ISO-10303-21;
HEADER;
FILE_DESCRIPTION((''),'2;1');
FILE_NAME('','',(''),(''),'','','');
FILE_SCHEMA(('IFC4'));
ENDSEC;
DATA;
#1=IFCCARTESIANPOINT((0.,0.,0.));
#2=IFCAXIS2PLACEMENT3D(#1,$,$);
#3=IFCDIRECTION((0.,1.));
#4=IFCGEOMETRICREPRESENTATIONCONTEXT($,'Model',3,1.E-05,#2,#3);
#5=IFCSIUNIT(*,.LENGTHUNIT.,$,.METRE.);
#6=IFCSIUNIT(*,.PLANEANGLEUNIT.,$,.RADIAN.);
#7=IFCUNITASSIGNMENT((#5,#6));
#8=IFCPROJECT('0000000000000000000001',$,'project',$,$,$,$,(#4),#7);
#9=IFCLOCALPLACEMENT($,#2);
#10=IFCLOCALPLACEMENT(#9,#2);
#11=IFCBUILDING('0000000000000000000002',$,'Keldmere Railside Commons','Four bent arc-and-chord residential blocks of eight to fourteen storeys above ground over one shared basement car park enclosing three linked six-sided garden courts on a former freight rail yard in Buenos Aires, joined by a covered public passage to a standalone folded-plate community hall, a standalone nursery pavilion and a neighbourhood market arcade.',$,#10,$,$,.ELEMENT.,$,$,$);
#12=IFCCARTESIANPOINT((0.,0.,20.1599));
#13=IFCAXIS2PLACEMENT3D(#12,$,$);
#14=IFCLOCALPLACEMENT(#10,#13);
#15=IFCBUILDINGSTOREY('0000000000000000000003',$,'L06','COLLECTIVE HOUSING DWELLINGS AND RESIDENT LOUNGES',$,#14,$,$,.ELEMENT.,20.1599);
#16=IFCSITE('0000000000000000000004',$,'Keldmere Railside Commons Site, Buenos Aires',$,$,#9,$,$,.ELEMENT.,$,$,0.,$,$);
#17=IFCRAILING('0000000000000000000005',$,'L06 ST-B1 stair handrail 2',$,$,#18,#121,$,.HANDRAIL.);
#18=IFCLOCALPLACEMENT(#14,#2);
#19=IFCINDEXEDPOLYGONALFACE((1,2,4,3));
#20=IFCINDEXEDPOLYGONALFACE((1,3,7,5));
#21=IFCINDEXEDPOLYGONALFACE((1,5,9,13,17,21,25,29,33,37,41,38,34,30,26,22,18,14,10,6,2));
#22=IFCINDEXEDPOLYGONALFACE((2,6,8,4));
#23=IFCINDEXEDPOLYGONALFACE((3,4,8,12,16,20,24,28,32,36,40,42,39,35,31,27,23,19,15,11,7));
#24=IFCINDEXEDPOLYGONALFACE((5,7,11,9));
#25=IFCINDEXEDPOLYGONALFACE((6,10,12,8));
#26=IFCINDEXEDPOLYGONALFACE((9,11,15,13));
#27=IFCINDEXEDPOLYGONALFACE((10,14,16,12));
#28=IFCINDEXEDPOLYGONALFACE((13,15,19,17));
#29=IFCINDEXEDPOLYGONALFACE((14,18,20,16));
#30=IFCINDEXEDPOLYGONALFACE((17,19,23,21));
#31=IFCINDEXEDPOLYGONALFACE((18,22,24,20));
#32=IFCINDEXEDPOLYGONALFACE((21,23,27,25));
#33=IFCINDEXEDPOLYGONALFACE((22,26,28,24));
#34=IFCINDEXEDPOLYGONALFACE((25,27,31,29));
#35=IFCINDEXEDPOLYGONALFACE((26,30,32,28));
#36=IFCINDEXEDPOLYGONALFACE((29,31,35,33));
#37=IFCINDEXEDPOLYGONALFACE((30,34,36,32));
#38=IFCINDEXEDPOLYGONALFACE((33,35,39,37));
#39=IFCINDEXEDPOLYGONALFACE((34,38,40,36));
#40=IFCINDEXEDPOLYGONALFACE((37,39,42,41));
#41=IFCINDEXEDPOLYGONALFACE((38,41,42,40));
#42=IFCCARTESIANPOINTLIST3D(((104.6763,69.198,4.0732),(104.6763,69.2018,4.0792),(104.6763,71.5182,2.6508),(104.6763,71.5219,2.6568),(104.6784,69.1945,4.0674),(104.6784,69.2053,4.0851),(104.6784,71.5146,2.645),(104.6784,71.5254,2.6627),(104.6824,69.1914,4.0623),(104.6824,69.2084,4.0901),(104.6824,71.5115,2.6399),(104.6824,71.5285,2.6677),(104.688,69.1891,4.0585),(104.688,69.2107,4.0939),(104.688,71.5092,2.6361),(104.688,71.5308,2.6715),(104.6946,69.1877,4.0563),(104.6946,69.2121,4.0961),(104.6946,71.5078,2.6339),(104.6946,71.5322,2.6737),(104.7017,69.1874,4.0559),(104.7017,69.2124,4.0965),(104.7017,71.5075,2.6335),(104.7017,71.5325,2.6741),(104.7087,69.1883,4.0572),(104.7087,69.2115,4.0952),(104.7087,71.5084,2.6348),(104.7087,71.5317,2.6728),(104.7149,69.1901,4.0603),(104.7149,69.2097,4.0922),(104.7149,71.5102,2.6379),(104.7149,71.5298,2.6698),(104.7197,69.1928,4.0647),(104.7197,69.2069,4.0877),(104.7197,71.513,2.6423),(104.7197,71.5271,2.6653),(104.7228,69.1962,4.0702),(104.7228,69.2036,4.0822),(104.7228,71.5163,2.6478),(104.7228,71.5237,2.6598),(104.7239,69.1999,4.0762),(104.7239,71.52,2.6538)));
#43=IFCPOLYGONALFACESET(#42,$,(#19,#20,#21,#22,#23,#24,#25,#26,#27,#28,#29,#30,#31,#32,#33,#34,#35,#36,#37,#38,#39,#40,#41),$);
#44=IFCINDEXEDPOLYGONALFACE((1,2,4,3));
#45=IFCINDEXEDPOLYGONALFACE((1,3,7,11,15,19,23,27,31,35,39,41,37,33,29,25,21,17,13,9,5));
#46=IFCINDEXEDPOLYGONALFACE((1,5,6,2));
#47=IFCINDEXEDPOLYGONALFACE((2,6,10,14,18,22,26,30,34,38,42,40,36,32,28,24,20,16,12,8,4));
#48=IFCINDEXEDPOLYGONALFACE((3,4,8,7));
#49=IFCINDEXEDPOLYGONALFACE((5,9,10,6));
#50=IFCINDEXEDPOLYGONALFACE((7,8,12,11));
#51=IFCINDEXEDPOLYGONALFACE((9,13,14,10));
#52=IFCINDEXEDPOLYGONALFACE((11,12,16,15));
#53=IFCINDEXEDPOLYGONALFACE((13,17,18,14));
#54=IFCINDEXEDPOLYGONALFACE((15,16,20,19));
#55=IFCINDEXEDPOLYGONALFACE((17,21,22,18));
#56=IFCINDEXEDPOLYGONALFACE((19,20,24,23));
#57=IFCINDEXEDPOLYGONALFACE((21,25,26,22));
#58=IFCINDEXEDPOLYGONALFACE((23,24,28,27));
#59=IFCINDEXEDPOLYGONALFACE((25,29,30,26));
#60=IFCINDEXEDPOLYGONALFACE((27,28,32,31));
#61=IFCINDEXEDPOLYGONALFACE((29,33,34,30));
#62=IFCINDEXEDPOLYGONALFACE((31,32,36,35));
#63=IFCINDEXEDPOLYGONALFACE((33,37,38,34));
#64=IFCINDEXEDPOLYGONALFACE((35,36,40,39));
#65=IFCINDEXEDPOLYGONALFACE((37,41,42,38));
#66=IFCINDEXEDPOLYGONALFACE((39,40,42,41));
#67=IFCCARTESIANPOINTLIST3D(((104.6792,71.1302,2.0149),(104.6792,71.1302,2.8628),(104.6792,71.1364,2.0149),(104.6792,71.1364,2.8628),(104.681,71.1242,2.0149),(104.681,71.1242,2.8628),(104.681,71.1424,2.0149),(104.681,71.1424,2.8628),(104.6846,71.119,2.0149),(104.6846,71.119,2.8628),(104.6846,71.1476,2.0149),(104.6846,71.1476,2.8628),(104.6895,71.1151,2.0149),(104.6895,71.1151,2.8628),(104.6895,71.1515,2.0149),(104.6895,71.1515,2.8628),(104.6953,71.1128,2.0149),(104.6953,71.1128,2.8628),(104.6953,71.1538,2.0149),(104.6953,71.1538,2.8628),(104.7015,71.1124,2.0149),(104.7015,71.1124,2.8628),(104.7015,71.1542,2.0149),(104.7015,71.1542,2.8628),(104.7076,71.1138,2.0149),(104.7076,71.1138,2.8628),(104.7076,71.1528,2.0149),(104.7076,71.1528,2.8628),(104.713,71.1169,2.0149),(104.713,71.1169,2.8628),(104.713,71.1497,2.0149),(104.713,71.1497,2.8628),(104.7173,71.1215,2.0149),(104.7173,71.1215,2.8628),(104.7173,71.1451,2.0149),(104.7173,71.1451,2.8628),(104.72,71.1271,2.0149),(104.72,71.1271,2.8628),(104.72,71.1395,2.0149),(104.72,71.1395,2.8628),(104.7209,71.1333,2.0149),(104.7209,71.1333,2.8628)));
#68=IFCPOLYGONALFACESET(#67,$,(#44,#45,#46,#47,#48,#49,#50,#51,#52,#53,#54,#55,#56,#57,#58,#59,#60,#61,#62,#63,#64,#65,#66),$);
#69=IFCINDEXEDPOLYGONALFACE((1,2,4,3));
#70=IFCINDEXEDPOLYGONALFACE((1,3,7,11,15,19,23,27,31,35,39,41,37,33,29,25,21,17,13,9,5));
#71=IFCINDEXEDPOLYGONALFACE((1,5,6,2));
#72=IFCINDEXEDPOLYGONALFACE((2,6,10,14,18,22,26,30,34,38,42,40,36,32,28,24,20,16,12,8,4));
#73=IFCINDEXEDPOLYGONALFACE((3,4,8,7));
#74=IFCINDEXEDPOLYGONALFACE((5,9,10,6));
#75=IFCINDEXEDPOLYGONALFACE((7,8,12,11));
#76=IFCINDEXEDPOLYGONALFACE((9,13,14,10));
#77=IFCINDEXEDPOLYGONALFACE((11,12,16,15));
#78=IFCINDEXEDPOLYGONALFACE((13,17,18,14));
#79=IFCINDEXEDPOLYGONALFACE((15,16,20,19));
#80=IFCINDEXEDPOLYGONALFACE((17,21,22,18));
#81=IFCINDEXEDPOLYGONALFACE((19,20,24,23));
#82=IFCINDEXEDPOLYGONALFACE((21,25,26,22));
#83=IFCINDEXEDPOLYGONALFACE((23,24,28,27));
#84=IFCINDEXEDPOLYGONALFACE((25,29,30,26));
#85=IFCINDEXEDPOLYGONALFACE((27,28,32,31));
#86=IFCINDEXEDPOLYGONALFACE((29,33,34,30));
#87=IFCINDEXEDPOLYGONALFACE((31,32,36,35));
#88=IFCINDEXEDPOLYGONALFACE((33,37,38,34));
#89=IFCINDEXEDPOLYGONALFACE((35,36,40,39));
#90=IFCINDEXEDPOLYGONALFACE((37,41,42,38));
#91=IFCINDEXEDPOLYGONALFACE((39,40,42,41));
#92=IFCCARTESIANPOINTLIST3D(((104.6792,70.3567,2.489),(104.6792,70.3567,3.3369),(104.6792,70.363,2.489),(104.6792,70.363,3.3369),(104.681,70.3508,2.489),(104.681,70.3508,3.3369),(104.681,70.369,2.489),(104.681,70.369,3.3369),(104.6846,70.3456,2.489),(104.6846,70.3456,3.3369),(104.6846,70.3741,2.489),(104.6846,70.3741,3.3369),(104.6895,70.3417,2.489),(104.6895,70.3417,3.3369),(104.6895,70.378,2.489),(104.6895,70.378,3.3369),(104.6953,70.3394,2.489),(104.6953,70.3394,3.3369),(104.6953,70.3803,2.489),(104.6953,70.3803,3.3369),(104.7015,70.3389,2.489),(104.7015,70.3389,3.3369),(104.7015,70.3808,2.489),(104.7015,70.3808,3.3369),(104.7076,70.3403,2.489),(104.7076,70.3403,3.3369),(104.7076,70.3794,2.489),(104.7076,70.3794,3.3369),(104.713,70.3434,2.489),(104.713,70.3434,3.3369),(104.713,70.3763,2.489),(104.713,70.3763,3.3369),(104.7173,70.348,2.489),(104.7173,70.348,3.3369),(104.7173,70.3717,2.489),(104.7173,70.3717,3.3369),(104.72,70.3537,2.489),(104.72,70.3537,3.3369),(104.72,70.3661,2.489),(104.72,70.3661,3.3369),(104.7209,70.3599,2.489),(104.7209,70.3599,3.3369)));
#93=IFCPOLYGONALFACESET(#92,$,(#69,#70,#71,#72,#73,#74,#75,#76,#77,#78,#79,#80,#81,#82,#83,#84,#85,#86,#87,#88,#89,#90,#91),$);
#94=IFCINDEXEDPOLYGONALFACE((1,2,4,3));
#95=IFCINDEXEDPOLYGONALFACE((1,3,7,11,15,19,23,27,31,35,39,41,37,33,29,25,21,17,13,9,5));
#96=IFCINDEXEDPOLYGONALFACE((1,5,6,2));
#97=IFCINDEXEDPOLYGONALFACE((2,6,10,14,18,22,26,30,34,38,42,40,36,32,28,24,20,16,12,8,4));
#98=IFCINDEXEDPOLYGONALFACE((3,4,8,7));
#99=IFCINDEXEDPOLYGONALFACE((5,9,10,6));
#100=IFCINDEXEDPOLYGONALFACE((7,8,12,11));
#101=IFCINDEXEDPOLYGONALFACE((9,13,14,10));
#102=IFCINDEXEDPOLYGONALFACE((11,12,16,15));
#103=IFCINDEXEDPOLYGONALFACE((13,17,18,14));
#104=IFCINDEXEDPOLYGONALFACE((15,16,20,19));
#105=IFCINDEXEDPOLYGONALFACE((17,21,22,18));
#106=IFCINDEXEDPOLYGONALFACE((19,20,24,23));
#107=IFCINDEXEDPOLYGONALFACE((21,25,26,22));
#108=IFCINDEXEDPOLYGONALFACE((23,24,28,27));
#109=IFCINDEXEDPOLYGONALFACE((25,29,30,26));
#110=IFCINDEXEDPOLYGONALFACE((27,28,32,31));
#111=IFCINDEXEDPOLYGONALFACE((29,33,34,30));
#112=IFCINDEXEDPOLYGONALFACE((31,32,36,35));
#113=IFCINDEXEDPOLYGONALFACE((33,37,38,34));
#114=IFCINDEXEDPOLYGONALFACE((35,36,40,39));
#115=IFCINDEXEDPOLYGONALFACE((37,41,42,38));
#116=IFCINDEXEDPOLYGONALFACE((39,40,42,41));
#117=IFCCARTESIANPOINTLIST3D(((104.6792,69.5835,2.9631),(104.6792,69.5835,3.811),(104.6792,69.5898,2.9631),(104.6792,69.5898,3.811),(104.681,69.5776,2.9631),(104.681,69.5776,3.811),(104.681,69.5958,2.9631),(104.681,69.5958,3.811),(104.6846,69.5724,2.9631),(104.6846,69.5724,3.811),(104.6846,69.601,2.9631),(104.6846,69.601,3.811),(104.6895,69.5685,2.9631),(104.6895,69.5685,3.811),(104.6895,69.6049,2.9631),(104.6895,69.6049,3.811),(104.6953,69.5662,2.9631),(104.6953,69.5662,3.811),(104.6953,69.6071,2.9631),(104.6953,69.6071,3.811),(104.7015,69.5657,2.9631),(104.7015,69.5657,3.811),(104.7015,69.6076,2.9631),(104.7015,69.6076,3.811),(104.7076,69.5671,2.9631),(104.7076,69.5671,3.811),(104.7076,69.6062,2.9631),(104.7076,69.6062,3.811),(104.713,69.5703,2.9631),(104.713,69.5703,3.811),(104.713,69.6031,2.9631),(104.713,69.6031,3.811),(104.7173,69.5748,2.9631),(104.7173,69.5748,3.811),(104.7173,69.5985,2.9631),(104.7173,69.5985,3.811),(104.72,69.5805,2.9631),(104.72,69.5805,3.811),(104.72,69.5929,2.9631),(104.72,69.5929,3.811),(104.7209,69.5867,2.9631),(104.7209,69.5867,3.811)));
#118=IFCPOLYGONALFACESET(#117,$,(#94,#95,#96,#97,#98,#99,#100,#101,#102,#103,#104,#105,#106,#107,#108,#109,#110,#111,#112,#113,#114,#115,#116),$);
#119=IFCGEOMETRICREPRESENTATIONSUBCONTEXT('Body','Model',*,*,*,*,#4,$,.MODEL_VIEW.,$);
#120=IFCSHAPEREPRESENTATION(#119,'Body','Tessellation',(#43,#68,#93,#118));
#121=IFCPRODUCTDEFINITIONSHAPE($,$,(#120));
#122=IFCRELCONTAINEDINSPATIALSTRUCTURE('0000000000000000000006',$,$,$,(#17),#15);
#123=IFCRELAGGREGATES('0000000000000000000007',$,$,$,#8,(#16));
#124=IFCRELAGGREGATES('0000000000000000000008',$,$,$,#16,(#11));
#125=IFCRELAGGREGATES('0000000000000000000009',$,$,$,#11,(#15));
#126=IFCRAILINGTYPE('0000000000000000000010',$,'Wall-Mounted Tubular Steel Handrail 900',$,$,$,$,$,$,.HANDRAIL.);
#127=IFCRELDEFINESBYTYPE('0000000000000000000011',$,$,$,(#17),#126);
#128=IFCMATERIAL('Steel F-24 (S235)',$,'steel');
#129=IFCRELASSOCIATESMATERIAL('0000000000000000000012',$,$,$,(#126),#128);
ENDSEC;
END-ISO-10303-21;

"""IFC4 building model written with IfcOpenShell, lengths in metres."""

from ifc_helpers import new_model, si_unit, direction, frame, origin, origin_2d, place, context, subcontext, project, spatial, circle, extrude, material, type_object, element, save


model = new_model("IFC4")

# Units and contexts
model_context = context("Model", 3, precision=1e-05, world=origin(), true_north=direction((0.0, 1.0)))
body_context = subcontext(model_context, "Body", "Model", "MODEL_VIEW")
ifc_project = project(units=[si_unit("LENGTHUNIT", "METRE"), si_unit("PLANEANGLEUNIT", "RADIAN")], contexts=[model_context])

# Site, building, storey
site_placement = place(None, origin())
site = spatial("IfcSite", under=ifc_project, at=site_placement, Name="Keldmere Railside Commons Site, Buenos Aires", CompositionType="ELEMENT", RefElevation=0.0)
building_placement = place(site_placement, origin())
building = spatial("IfcBuilding", under=site, at=building_placement, Name="Keldmere Railside Commons", Description="Four bent arc-and-chord residential blocks of eight to fourteen storeys above ground over one shared basement car park enclosing three linked six-sided garden courts on a former freight rail yard in Buenos Aires, joined by a covered public passage to a standalone folded-plate community hall, a standalone nursery pavilion and a neighbourhood market arcade.", CompositionType="ELEMENT")
storey_placement = place(building_placement, frame((0.0, 0.0, 20.1599)))
storey = spatial("IfcBuildingStorey", under=building, at=storey_placement, Name="L06", Description="COLLECTIVE HOUSING DWELLINGS AND RESIDENT LOUNGES", CompositionType="ELEMENT", Elevation=20.1599)

# Shared definitions
ifc_material_1 = material(Name="Steel F-24 (S235)", Category="steel")

# Railing
railing_type_1 = type_object("IfcRailingType", Name="Wall-Mounted Tubular Steel Handrail 900", PredefinedType="HANDRAIL", material=ifc_material_1)
railing_1_placement = place(storey_placement, frame((104.7, 71.52, 1.7778)))
element("IfcRailing", 1, at=railing_1_placement, inside=storey, type_object=railing_type_1, Name="L06 ST-B1 stair handrail 2", PredefinedType="HANDRAIL", context=body_context, shape_type="SweptSolid", body=[
    extrude(circle(Radius=0.0239, at=origin_2d()), frame((0.0, 0.0, 0.876), z_axis=(0.0, -0.852538, 0.522665), x_axis=(1.0, 0.0, 0.0)), (0.0, 0.0, 1.0), 2.7214),
    extrude(circle(Radius=0.021, at=origin_2d()), frame((0.0, -0.3867, 0.2371)), (0.0, 0.0, 1.0), 0.8479),
    extrude(circle(Radius=0.021, at=origin_2d()), frame((0.0, -1.1602, 0.7112)), (0.0, 0.0, 1.0), 0.8479),
    extrude(circle(Radius=0.021, at=origin_2d()), frame((0.0, -1.9333, 1.1853)), (0.0, 0.0, 1.0), 0.8479),
])

save(model, "model.ifc")
